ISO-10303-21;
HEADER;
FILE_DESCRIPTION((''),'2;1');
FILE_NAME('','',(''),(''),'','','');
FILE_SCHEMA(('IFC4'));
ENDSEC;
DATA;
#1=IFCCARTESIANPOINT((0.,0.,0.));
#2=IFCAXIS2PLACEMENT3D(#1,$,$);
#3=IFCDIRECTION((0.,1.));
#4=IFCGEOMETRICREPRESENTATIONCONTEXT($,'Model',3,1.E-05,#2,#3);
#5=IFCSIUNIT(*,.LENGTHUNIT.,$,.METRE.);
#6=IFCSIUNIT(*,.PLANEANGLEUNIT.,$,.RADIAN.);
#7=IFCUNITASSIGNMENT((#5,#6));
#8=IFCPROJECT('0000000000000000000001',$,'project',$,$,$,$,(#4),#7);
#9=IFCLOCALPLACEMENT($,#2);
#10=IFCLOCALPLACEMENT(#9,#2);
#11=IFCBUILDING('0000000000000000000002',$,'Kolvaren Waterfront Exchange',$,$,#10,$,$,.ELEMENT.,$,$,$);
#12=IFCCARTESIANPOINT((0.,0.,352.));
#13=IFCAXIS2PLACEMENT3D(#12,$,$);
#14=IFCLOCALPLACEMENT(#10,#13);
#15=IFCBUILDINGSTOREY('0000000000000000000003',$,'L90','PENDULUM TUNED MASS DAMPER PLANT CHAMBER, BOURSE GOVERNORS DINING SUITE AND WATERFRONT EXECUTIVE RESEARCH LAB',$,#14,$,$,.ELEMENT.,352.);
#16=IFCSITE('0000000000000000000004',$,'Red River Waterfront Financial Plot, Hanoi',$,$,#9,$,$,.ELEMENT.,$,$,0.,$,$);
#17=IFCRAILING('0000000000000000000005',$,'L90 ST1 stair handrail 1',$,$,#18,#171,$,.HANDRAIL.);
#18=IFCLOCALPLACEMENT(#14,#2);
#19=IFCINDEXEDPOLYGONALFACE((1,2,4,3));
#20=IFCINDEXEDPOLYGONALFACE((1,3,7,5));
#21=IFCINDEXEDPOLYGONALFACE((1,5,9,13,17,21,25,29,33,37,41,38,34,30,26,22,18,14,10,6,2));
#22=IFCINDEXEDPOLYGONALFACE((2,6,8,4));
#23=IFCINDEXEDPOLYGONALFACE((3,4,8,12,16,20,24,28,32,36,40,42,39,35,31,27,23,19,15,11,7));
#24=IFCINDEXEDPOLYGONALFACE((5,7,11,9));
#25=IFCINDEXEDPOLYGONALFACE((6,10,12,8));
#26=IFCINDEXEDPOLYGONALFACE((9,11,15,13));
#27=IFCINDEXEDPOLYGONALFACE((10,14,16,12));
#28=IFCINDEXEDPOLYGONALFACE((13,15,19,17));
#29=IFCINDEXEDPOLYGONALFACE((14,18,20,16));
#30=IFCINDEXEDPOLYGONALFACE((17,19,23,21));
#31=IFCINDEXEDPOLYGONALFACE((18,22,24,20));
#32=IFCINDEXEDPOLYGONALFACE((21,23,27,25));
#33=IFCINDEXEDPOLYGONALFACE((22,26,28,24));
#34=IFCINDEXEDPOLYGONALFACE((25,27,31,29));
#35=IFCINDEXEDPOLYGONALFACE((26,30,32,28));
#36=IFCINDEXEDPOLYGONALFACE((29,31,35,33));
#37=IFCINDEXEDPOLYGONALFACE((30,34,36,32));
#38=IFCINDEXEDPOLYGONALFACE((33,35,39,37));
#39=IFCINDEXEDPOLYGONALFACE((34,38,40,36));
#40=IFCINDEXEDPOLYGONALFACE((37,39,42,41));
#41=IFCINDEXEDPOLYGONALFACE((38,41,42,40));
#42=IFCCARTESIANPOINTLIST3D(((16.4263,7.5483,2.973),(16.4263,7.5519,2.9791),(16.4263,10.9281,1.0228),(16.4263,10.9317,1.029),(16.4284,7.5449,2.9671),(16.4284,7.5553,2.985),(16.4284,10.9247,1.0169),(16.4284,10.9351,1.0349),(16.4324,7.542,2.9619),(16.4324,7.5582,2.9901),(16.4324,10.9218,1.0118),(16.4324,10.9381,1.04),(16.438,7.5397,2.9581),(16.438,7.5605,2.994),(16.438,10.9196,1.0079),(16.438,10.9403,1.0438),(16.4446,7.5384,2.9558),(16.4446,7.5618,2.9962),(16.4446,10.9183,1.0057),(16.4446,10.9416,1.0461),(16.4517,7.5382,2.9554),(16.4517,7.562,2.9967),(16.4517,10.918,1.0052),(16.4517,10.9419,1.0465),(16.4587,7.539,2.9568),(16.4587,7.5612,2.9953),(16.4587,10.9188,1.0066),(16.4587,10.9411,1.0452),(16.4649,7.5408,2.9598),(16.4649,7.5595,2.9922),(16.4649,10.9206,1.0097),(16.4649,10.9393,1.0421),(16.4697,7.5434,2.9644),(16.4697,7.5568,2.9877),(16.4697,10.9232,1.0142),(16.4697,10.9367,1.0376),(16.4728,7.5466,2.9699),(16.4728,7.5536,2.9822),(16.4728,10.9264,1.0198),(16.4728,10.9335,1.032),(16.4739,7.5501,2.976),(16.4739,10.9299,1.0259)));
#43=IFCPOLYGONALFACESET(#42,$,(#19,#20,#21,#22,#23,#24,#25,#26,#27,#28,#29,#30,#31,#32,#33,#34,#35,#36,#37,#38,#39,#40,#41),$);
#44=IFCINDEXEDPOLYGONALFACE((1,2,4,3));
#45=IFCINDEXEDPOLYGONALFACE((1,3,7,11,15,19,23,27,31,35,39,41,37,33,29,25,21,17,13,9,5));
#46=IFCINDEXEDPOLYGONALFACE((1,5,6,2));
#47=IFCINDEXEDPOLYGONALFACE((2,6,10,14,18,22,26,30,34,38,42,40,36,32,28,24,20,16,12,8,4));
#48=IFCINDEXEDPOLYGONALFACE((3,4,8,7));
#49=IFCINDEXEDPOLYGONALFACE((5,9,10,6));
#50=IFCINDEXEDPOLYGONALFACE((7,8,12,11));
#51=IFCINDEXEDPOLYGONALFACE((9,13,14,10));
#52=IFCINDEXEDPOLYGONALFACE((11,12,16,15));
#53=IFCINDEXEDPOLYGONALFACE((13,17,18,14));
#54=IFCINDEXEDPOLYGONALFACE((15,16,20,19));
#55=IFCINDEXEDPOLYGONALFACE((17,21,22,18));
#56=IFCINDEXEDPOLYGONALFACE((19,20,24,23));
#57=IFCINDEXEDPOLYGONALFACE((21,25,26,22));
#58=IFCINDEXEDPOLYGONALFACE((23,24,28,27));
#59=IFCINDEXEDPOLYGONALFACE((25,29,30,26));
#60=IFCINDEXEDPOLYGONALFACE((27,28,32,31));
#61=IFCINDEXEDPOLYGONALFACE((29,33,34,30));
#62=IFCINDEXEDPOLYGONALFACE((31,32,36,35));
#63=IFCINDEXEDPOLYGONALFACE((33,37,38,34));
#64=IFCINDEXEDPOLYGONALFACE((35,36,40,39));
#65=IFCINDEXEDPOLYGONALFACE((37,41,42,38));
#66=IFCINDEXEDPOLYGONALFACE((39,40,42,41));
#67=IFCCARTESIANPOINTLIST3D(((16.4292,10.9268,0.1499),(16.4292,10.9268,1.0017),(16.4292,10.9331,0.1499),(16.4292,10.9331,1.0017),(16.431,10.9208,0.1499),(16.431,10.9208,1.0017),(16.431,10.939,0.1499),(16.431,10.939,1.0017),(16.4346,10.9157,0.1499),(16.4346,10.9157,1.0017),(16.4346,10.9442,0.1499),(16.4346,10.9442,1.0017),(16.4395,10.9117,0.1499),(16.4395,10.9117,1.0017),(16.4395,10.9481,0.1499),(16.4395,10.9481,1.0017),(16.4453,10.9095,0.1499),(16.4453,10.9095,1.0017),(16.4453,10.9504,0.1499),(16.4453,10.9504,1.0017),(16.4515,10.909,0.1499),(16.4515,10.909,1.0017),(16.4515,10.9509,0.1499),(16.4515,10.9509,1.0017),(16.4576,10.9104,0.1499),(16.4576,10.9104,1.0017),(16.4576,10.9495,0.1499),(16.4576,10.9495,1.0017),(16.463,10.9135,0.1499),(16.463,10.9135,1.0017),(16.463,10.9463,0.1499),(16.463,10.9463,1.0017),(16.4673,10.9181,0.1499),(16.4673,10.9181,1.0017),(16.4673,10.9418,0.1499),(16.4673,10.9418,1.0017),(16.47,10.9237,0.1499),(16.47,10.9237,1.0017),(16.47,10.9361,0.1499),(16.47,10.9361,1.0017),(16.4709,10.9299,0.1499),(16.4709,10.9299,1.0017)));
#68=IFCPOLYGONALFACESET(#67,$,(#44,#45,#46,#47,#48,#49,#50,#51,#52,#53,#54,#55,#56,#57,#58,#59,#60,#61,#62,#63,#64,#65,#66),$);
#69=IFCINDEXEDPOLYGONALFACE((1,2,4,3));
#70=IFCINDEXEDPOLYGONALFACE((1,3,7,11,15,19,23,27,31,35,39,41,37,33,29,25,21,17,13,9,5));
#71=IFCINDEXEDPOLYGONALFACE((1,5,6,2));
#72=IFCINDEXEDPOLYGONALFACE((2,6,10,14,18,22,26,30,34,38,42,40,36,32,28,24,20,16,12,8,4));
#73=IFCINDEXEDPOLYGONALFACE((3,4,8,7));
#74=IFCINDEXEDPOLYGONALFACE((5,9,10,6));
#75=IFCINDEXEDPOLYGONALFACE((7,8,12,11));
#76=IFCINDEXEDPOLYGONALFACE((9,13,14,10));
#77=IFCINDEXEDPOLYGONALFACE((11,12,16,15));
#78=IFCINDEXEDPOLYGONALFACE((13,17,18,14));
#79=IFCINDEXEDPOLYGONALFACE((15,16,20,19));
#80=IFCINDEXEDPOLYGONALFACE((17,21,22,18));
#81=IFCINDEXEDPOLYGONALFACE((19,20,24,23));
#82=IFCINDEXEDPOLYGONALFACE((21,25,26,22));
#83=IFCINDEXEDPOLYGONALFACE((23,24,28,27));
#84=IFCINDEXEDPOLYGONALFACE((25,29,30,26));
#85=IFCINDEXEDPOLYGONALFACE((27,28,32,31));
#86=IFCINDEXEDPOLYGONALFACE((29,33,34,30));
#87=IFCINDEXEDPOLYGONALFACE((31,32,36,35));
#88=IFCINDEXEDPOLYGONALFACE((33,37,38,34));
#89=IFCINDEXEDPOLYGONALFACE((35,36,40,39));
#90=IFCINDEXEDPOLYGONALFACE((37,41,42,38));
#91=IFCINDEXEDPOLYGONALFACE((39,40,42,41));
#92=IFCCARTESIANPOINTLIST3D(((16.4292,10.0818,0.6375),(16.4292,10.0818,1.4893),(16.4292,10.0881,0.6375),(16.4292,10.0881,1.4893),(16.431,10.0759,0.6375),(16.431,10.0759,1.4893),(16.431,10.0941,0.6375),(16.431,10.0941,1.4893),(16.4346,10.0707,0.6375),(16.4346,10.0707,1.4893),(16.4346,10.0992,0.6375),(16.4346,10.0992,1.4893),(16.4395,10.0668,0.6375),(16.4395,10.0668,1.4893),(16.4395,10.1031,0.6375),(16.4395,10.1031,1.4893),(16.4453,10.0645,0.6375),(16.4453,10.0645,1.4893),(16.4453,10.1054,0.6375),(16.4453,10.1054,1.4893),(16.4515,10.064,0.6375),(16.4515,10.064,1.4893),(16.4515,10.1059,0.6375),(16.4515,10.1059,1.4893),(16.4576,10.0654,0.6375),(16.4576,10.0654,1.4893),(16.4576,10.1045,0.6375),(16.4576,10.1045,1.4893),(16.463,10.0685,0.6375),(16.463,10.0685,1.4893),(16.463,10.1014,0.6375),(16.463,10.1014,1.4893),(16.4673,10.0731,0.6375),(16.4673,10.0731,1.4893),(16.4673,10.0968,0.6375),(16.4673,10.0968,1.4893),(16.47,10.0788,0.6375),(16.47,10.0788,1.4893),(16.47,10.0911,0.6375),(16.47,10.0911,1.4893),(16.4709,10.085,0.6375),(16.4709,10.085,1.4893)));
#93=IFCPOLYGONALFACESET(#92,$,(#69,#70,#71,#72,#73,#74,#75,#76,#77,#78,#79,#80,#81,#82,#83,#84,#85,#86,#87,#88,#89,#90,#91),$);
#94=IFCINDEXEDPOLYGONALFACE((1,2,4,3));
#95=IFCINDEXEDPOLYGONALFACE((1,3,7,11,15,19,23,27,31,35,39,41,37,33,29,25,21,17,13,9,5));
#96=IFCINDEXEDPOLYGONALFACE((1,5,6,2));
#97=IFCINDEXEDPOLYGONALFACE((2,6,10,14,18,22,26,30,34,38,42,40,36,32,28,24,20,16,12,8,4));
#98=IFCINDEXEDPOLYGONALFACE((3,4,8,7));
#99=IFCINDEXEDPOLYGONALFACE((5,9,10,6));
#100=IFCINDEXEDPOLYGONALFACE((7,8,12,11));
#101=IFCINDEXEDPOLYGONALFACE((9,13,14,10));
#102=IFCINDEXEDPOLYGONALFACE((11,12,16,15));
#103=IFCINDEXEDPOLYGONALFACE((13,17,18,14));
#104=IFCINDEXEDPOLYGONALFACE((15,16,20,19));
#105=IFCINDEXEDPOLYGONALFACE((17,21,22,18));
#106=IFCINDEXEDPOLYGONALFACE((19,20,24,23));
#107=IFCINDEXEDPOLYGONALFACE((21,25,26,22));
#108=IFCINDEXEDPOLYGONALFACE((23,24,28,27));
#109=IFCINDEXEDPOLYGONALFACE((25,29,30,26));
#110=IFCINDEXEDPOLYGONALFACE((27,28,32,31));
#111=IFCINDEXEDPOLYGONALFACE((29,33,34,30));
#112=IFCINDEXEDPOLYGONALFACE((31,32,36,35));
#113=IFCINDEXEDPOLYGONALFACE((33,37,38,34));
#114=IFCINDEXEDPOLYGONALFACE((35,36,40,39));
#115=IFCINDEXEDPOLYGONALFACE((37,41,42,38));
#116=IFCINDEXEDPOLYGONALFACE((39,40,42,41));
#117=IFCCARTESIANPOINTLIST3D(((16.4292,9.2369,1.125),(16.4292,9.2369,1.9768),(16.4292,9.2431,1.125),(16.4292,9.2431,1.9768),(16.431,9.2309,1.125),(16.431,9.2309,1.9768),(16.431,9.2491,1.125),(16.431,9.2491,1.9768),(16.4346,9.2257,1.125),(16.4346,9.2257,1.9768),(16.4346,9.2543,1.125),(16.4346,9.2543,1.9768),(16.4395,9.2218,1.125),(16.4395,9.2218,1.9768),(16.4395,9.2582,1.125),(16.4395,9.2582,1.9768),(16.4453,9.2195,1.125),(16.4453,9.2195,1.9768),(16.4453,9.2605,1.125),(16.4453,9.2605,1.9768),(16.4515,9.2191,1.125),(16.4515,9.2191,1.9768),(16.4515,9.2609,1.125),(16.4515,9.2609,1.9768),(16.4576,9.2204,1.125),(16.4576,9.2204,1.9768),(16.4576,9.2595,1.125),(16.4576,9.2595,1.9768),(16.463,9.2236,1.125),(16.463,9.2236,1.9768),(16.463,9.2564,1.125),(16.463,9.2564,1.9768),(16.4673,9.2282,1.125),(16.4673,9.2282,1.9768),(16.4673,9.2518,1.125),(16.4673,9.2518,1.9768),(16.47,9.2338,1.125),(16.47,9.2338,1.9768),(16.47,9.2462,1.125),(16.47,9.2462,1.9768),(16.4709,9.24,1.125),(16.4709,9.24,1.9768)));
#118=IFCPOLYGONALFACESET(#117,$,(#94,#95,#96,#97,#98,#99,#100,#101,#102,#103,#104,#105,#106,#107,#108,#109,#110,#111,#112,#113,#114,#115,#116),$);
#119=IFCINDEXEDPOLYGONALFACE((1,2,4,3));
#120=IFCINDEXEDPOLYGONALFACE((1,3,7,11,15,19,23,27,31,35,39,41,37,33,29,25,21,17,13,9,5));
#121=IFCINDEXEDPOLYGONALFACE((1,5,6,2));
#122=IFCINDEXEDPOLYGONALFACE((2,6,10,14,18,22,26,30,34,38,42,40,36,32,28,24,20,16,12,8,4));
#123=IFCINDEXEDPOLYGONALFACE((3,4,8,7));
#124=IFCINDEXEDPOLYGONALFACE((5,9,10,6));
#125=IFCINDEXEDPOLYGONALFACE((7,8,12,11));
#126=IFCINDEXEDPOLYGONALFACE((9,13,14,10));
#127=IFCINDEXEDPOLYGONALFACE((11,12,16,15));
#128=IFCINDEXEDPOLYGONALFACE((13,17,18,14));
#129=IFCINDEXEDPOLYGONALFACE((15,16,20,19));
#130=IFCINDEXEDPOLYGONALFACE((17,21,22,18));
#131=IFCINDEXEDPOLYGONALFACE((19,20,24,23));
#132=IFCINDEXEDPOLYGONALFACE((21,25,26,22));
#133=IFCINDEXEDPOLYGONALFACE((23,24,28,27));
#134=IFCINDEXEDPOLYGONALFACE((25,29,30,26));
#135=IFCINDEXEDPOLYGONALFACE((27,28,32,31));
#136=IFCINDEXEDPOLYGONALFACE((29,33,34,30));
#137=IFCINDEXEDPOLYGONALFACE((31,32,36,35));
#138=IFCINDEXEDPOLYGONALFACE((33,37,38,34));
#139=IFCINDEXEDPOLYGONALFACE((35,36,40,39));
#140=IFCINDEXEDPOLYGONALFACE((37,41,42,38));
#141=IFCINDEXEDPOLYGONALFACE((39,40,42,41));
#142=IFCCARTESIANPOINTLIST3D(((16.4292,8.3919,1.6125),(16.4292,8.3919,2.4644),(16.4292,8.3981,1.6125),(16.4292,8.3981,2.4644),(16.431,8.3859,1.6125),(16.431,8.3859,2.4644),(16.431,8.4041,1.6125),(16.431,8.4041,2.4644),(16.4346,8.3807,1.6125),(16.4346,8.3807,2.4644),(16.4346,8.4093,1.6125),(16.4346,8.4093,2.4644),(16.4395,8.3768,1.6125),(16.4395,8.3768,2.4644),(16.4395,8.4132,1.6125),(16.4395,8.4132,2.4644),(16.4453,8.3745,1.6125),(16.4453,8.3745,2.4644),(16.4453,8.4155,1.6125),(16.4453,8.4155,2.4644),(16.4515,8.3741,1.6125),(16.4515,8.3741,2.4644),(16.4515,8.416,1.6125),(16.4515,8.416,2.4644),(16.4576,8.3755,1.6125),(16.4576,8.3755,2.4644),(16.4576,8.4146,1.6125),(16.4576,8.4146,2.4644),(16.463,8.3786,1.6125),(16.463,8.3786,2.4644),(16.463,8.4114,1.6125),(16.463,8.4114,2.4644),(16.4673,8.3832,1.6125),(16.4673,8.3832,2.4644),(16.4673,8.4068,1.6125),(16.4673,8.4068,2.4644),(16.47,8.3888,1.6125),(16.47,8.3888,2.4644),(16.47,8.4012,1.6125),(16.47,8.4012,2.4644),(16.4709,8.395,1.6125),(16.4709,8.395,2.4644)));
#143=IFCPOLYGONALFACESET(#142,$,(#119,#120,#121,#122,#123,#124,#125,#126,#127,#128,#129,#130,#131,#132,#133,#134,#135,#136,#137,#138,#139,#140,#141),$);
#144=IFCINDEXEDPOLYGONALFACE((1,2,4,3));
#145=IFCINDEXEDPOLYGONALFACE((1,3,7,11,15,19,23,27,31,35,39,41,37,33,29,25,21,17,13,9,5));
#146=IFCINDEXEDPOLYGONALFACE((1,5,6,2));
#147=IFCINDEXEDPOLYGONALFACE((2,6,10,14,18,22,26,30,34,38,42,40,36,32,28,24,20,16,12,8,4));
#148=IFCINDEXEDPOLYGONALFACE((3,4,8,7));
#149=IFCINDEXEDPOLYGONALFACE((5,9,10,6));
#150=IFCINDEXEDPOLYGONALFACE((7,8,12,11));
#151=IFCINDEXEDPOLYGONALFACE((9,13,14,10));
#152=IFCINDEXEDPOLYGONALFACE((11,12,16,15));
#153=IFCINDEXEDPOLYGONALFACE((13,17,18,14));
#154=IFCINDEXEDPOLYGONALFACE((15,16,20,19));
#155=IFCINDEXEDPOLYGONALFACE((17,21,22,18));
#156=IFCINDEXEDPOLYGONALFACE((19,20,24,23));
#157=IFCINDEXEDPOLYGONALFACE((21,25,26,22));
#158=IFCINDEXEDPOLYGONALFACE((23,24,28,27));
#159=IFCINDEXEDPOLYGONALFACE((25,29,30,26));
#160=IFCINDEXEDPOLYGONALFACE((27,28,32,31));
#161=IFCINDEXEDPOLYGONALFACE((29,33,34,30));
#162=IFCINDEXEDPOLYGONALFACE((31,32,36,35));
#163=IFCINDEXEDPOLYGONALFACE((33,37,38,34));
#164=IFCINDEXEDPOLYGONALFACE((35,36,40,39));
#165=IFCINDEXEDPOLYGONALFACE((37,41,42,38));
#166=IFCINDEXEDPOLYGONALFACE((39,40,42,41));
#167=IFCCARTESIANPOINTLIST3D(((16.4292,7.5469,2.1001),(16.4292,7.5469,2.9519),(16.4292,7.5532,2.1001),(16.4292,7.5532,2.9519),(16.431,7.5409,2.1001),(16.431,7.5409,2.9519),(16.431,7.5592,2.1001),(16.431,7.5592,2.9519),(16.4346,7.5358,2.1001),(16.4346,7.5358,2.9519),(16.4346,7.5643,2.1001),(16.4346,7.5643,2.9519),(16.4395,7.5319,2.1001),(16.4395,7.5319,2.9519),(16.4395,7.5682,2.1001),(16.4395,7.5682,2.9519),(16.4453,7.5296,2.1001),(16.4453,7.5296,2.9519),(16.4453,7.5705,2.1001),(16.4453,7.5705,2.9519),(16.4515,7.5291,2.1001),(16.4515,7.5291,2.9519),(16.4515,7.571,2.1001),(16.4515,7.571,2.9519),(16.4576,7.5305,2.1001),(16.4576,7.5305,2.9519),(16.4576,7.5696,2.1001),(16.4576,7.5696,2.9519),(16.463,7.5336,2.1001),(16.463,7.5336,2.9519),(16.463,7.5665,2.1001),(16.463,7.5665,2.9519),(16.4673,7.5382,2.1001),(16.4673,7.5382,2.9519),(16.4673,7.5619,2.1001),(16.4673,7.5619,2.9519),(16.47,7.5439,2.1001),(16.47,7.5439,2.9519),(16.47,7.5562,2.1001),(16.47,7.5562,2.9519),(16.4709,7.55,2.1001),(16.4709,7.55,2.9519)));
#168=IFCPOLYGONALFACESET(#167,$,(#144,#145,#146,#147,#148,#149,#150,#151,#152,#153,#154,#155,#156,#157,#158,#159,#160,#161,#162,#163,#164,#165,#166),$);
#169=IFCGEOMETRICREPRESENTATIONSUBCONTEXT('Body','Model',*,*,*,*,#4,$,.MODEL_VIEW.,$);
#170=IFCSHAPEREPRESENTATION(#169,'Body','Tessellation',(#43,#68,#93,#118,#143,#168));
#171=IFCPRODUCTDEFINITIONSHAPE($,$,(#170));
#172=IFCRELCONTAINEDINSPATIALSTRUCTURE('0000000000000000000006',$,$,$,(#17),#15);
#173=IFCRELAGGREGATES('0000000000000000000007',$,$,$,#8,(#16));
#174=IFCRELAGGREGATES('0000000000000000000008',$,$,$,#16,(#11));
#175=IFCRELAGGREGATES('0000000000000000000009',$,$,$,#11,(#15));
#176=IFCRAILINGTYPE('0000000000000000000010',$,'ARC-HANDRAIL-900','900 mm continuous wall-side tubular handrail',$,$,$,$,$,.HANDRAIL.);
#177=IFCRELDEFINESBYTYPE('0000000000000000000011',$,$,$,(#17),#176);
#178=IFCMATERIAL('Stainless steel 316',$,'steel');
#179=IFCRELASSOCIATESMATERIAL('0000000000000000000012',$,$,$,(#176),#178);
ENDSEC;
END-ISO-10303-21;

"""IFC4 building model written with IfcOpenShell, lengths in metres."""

from ifc_helpers import new_model, si_unit, direction, frame, origin, origin_2d, place, context, subcontext, project, spatial, circle, extrude, material, type_object, element, save


model = new_model("IFC4")

# Units and contexts
model_context = context("Model", 3, precision=1e-05, world=origin(), true_north=direction((0.0, 1.0)))
body_context = subcontext(model_context, "Body", "Model", "MODEL_VIEW")
ifc_project = project(units=[si_unit("LENGTHUNIT", "METRE"), si_unit("PLANEANGLEUNIT", "RADIAN")], contexts=[model_context])

# Site, building, storey
site_placement = place(None, origin())
site = spatial("IfcSite", under=ifc_project, at=site_placement, Name="Red River Waterfront Financial Plot, Hanoi", CompositionType="ELEMENT", RefElevation=0.0)
building_placement = place(site_placement, origin())
building = spatial("IfcBuilding", under=site, at=building_placement, Name="Kolvaren Waterfront Exchange", CompositionType="ELEMENT")
storey_placement = place(building_placement, frame((0.0, 0.0, 352.0)))
storey = spatial("IfcBuildingStorey", under=building, at=storey_placement, Name="L90", Description="PENDULUM TUNED MASS DAMPER PLANT CHAMBER, BOURSE GOVERNORS DINING SUITE AND WATERFRONT EXECUTIVE RESEARCH LAB", CompositionType="ELEMENT", Elevation=352.0)

# Railing
ifc_material_1 = material(Name="Stainless steel 316", Category="steel")
railing_type_1 = type_object("IfcRailingType", Name="ARC-HANDRAIL-900", Description="900 mm continuous wall-side tubular handrail", PredefinedType="HANDRAIL", material=ifc_material_1)
railing_1_placement = place(storey_placement, frame((16.45, 10.9299, 0.1499)))
element("IfcRailing", 1, at=railing_1_placement, inside=storey, type_object=railing_type_1, Name="L90 ST1 stair handrail 1", PredefinedType="HANDRAIL", context=body_context, shape_type="SweptSolid", body=[
    extrude(circle(Radius=0.0239, at=origin_2d()), frame((0.0, 0.0, 0.876), z_axis=(0.0, -0.866156, 0.499773), x_axis=(1.0, 0.0, 0.0)), (0.0, 0.0, 1.0), 3.9021),
    extrude(circle(Radius=0.021, at=origin_2d()), origin(), (0.0, 0.0, 1.0), 0.8518),
    extrude(circle(Radius=0.021, at=origin_2d()), frame((0.0, -0.845, 0.4875)), (0.0, 0.0, 1.0), 0.8518),
    extrude(circle(Radius=0.021, at=origin_2d()), frame((0.0, -1.6899, 0.9751)), (0.0, 0.0, 1.0), 0.8518),
    extrude(circle(Radius=0.021, at=origin_2d()), frame((0.0, -2.5349, 1.4626)), (0.0, 0.0, 1.0), 0.8518),
    extrude(circle(Radius=0.021, at=origin_2d()), frame((0.0, -3.3799, 1.9502)), (0.0, 0.0, 1.0), 0.8518),
])

save(model, "model.ifc")
